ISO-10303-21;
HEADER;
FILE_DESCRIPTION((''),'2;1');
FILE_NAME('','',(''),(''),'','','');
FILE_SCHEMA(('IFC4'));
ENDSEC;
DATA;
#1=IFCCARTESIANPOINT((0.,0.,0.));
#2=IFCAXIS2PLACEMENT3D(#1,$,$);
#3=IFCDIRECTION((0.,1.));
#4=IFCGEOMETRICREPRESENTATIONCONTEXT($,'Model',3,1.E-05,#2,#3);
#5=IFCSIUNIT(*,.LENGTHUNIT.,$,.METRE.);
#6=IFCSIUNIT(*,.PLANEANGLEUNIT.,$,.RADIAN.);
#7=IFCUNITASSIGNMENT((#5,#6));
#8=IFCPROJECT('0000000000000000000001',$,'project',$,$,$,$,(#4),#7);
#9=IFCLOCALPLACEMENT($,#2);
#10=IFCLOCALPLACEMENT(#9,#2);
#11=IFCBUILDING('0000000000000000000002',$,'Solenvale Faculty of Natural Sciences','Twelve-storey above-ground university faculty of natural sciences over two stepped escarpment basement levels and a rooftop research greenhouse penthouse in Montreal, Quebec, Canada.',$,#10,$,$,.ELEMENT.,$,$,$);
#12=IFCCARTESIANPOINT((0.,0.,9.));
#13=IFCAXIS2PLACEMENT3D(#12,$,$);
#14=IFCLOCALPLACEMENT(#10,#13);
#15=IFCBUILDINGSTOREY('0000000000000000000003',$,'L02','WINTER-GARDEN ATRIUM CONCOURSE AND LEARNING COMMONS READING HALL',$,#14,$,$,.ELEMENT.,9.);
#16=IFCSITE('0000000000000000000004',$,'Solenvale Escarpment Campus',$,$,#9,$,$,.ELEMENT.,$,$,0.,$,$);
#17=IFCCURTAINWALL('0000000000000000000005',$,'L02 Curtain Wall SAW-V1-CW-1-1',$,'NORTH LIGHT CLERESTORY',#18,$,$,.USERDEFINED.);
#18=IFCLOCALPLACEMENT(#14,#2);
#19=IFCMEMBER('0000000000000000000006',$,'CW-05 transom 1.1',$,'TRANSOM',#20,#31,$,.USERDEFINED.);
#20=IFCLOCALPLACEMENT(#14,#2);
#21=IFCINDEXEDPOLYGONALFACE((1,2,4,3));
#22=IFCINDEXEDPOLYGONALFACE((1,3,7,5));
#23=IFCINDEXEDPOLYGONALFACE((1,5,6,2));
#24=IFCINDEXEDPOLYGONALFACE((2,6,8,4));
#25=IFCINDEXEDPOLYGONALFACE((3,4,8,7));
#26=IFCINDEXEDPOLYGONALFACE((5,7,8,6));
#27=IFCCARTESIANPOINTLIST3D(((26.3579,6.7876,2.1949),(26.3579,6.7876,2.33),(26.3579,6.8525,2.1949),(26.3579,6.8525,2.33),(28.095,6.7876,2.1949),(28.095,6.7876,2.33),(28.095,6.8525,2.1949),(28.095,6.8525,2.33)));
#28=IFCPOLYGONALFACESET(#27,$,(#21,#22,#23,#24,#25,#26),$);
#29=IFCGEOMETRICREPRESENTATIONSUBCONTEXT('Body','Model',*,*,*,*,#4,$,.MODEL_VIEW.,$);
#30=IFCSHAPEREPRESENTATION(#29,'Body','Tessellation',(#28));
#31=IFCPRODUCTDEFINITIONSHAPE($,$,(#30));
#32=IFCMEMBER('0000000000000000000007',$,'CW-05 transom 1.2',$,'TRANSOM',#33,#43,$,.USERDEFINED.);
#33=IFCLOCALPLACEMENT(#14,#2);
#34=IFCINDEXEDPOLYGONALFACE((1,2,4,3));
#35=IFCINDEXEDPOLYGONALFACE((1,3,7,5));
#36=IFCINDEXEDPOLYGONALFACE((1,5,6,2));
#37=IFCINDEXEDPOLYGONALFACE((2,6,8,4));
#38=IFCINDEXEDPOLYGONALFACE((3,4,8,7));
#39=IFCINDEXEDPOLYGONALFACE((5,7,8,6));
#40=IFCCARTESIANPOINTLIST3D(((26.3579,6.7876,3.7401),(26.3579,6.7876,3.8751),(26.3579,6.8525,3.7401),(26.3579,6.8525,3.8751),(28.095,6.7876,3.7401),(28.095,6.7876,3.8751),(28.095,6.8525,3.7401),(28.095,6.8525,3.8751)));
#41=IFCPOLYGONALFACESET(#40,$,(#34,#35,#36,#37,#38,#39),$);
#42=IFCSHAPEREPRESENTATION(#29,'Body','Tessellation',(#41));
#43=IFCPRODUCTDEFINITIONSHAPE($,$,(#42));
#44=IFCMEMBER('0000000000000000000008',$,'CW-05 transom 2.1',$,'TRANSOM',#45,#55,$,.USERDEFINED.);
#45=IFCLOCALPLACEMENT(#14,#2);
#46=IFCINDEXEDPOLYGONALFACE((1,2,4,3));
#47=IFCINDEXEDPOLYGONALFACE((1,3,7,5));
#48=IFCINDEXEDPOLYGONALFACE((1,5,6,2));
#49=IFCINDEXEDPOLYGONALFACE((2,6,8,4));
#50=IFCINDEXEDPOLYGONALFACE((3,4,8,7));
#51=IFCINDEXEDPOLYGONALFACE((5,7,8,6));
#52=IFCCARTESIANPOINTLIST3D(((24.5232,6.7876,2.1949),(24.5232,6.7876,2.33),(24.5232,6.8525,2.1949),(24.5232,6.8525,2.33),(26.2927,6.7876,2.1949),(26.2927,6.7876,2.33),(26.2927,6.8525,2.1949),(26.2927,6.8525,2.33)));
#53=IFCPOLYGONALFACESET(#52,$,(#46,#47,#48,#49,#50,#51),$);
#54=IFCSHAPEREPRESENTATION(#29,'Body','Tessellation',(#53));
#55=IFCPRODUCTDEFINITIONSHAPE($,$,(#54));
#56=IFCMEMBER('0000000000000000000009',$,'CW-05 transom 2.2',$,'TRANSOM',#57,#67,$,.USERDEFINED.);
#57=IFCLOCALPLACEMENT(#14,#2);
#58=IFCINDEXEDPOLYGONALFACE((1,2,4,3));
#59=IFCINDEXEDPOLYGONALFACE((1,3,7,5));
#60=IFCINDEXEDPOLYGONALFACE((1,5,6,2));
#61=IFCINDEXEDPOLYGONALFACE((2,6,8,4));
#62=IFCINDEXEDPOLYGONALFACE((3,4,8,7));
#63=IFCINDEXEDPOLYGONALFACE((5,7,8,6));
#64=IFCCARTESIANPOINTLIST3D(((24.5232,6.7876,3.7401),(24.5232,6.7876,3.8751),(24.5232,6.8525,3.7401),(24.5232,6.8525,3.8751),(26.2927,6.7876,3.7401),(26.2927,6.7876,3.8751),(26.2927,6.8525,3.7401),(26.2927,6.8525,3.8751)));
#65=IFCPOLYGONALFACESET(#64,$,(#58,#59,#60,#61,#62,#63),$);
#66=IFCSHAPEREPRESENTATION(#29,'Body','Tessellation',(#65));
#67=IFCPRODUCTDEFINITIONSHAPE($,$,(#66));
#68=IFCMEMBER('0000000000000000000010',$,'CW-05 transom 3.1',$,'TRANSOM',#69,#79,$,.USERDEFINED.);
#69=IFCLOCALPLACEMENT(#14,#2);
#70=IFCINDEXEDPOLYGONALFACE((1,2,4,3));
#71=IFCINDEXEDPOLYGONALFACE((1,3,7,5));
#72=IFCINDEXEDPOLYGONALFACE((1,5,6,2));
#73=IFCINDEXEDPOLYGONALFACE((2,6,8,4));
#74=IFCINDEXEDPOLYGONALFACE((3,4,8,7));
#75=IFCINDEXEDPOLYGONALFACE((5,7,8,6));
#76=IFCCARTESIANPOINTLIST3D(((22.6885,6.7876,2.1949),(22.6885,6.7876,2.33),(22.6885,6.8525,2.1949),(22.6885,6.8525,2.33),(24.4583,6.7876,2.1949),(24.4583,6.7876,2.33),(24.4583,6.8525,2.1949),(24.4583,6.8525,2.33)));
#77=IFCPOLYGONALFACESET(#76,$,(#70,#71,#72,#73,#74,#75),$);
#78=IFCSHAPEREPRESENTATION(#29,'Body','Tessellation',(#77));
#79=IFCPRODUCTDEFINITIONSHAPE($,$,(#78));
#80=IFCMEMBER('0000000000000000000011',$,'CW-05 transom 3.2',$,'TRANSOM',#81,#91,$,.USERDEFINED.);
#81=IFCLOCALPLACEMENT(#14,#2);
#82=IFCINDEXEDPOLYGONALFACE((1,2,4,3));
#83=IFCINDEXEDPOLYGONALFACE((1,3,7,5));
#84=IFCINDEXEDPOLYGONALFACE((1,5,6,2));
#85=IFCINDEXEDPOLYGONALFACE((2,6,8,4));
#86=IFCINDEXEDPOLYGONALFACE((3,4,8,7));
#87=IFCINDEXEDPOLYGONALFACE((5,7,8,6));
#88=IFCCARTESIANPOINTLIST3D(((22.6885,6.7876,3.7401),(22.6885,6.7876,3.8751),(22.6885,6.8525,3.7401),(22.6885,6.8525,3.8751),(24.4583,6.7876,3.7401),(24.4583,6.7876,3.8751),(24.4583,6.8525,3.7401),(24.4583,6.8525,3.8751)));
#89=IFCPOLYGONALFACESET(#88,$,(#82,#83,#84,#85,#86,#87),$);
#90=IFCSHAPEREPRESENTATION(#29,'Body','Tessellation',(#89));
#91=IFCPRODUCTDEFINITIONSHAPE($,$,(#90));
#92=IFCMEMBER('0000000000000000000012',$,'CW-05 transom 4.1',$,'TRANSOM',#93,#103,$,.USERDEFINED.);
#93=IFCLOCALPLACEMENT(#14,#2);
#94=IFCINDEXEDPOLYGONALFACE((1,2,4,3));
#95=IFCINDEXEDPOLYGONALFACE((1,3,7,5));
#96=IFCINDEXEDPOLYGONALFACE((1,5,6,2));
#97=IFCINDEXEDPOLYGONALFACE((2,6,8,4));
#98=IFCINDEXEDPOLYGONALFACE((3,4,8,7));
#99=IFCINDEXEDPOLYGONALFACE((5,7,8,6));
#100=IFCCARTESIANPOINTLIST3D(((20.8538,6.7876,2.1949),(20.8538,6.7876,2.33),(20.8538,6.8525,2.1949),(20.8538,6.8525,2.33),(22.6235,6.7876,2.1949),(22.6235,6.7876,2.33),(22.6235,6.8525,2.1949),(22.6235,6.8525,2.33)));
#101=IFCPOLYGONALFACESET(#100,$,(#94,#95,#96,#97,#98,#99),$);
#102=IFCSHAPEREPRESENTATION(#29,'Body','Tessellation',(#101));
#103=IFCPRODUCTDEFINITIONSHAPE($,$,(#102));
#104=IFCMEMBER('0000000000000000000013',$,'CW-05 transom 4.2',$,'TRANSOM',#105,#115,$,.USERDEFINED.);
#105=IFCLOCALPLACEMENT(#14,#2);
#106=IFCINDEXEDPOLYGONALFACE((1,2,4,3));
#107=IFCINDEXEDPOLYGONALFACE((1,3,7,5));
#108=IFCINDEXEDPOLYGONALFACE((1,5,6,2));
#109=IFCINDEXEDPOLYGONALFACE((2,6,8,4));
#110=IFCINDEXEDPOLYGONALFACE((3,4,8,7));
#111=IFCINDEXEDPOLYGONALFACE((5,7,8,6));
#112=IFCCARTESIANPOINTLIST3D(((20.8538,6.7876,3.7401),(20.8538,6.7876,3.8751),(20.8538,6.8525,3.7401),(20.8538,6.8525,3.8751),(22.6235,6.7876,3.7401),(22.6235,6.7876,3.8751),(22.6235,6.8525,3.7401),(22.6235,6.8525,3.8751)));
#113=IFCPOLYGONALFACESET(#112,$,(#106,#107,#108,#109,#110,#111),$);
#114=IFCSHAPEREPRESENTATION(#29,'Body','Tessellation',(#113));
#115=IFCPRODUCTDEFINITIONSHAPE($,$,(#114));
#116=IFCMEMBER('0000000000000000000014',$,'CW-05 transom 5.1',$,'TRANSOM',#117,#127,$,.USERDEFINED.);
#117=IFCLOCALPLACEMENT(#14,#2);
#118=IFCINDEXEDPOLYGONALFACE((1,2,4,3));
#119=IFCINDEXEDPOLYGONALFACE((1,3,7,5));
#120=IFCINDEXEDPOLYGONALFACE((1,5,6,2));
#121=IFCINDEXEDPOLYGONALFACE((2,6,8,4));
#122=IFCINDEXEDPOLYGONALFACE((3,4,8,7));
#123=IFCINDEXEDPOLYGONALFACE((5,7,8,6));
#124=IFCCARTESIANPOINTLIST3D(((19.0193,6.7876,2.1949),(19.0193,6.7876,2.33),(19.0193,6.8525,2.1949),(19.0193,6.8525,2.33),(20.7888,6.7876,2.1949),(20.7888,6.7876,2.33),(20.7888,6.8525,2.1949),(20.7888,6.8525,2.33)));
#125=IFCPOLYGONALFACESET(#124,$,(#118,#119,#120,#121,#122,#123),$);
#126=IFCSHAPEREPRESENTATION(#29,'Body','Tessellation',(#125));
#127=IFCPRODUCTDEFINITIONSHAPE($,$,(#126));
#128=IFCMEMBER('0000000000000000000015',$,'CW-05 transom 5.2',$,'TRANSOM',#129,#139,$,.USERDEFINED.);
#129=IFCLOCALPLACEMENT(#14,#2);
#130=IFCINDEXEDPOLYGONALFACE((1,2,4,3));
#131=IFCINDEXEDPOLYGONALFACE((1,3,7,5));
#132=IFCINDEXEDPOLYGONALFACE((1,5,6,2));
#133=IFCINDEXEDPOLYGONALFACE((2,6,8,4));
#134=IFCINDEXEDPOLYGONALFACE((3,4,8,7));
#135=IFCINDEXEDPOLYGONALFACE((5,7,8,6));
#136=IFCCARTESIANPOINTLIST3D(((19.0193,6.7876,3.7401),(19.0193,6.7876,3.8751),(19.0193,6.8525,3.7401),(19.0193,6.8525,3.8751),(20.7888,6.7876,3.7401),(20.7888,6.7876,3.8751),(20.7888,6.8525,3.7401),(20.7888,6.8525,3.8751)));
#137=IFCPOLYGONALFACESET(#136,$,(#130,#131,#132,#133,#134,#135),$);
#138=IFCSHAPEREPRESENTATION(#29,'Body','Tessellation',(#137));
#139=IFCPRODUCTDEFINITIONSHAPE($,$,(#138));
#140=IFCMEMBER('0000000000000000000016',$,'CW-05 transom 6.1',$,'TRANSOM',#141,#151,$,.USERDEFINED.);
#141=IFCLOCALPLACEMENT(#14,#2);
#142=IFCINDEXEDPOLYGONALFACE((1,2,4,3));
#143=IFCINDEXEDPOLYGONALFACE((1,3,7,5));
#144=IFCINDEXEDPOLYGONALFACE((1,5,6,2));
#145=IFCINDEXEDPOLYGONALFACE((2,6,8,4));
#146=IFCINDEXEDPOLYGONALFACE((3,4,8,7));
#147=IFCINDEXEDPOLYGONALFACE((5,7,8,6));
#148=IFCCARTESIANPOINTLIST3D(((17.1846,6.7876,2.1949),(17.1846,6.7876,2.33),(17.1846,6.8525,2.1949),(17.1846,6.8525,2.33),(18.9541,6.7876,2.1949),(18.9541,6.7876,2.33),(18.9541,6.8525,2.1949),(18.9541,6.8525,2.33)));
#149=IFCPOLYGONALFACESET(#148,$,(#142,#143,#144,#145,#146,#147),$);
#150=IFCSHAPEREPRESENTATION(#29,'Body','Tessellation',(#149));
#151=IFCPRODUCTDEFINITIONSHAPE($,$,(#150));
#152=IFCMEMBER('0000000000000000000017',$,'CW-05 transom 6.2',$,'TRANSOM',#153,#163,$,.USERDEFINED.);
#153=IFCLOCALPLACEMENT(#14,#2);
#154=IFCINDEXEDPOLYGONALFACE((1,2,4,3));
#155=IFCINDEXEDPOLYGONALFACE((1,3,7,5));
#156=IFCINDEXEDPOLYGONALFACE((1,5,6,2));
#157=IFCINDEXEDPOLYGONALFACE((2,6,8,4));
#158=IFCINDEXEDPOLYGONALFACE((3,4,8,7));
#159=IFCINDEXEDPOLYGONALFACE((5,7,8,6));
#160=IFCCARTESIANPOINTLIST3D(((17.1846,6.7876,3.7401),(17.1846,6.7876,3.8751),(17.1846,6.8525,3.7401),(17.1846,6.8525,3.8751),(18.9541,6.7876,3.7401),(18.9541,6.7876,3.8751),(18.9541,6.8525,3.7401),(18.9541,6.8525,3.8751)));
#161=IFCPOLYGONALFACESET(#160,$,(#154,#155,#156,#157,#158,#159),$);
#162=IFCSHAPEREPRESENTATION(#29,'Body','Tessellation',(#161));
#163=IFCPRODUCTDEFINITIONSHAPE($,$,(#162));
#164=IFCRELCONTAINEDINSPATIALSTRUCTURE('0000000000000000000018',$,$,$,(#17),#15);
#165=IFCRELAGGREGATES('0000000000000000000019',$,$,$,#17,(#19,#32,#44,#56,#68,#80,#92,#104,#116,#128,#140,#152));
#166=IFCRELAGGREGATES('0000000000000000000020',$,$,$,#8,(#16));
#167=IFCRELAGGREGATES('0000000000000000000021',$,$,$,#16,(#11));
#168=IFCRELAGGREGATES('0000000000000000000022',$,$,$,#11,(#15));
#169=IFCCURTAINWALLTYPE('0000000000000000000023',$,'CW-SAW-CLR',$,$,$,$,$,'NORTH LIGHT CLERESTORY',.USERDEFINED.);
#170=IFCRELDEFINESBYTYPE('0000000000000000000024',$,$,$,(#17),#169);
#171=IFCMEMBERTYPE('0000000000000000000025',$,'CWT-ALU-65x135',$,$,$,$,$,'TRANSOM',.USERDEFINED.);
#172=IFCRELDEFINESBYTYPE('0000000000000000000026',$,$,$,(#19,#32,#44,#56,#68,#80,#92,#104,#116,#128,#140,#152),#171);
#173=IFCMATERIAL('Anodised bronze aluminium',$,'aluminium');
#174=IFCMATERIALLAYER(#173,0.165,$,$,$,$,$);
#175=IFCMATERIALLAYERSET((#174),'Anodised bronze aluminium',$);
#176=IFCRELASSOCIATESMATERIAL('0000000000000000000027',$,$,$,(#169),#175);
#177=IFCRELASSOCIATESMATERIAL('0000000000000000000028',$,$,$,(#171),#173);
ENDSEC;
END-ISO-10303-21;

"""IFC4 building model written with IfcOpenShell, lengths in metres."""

from ifc_helpers import new_model, si_unit, direction, frame, origin, origin_2d, place, context, subcontext, project, spatial, rectangle, extrude, material, layer, layer_set, material_profile, profile_set, type_object, element, aggregate, save


model = new_model("IFC4")

# Units and contexts
model_context = context("Model", 3, precision=1e-05, world=origin(), true_north=direction((0.0, 1.0)))
body_context = subcontext(model_context, "Body", "Model", "MODEL_VIEW")
ifc_project = project(units=[si_unit("LENGTHUNIT", "METRE"), si_unit("PLANEANGLEUNIT", "RADIAN")], contexts=[model_context])

# Site, building, storey
site_placement = place(None, origin())
site = spatial("IfcSite", under=ifc_project, at=site_placement, Name="Solenvale Escarpment Campus", CompositionType="ELEMENT", RefElevation=0.0)
building_placement = place(site_placement, origin())
building = spatial("IfcBuilding", under=site, at=building_placement, Name="Solenvale Faculty of Natural Sciences", Description="Twelve-storey above-ground university faculty of natural sciences over two stepped escarpment basement levels and a rooftop research greenhouse penthouse in Montreal, Quebec, Canada.", CompositionType="ELEMENT")
storey_placement = place(building_placement, frame((0.0, 0.0, 9.0)))
storey = spatial("IfcBuildingStorey", under=building, at=storey_placement, Name="L02", Description="WINTER-GARDEN ATRIUM CONCOURSE AND LEARNING COMMONS READING HALL", CompositionType="ELEMENT", Elevation=9.0)

# Curtain wall, members
ifc_material_1 = material(Name="Anodised bronze aluminium", Category="aluminium")
ifc_layer_1 = layer(ifc_material_1, 0.165)
ifc_layer_set_1 = layer_set([ifc_layer_1], Name="Anodised bronze aluminium")
curtain_wall_type = type_object("IfcCurtainWallType", Name="CW-SAW-CLR", ElementType="NORTH LIGHT CLERESTORY", PredefinedType="USERDEFINED", material=ifc_layer_set_1)
curtain_wall_placement = place(storey_placement, origin())
curtain_wall = element("IfcCurtainWall", 1, at=curtain_wall_placement, inside=storey, type_object=curtain_wall_type, Name="L02 Curtain Wall SAW-V1-CW-1-1", ObjectType="NORTH LIGHT CLERESTORY", PredefinedType="USERDEFINED")
ifc_material_profile_1 = material_profile(ifc_material_1, rectangle(XDim=0.0649, YDim=0.135, at=origin_2d()), Name="ALU-TRN-65x135")
ifc_profile_set_1 = profile_set([ifc_material_profile_1], Name="Anodised bronze aluminium")
member_type_1 = type_object("IfcMemberType", Name="CWT-ALU-65x135", ElementType="TRANSOM", PredefinedType="USERDEFINED", material=ifc_profile_set_1)
member_1_placement = place(storey_placement, frame((28.095, 6.8201, 2.2625), z_axis=(-1.0, 0.0, 0.0), x_axis=(0.0, -1.0, 0.0)))
member_1 = element("IfcMember", 2, at=member_1_placement, type_object=member_type_1, Name="CW-05 transom 1.1", ObjectType="TRANSOM", PredefinedType="USERDEFINED", context=body_context, shape_type="SweptSolid", body=[
    extrude(rectangle(XDim=0.0649, YDim=0.135, at=origin_2d()), origin(), (0.0, 0.0, 1.0), 1.7371),
])
member_2_placement = place(storey_placement, frame((28.095, 6.8201, 3.8076), z_axis=(-1.0, 0.0, 0.0), x_axis=(0.0, -1.0, 0.0)))
member_2 = element("IfcMember", 3, at=member_2_placement, type_object=member_type_1, Name="CW-05 transom 1.2", ObjectType="TRANSOM", PredefinedType="USERDEFINED", context=body_context, shape_type="SweptSolid", body=[
    extrude(rectangle(XDim=0.0649, YDim=0.135, at=origin_2d()), origin(), (0.0, 0.0, 1.0), 1.7371),
])
member_3_placement = place(storey_placement, frame((26.2927, 6.8201, 2.2625), z_axis=(-1.0, 0.0, 0.0), x_axis=(0.0, -1.0, 0.0)))
member_3 = element("IfcMember", 4, at=member_3_placement, type_object=member_type_1, Name="CW-05 transom 2.1", ObjectType="TRANSOM", PredefinedType="USERDEFINED", context=body_context, shape_type="SweptSolid", body=[
    extrude(rectangle(XDim=0.0649, YDim=0.135, at=origin_2d()), origin(), (0.0, 0.0, 1.0), 1.7695),
])
member_4_placement = place(storey_placement, frame((26.2927, 6.8201, 3.8076), z_axis=(-1.0, 0.0, 0.0), x_axis=(0.0, -1.0, 0.0)))
member_4 = element("IfcMember", 5, at=member_4_placement, type_object=member_type_1, Name="CW-05 transom 2.2", ObjectType="TRANSOM", PredefinedType="USERDEFINED", context=body_context, shape_type="SweptSolid", body=[
    extrude(rectangle(XDim=0.0649, YDim=0.135, at=origin_2d()), origin(), (0.0, 0.0, 1.0), 1.7695),
])
member_5_placement = place(storey_placement, frame((24.4583, 6.8201, 2.2625), z_axis=(-1.0, 0.0, 0.0), x_axis=(0.0, -1.0, 0.0)))
member_5 = element("IfcMember", 6, at=member_5_placement, type_object=member_type_1, Name="CW-05 transom 3.1", ObjectType="TRANSOM", PredefinedType="USERDEFINED", context=body_context, shape_type="SweptSolid", body=[
    extrude(rectangle(XDim=0.0649, YDim=0.135, at=origin_2d()), origin(), (0.0, 0.0, 1.0), 1.7698),
])
member_6_placement = place(storey_placement, frame((24.4583, 6.8201, 3.8076), z_axis=(-1.0, 0.0, 0.0), x_axis=(0.0, -1.0, 0.0)))
member_6 = element("IfcMember", 7, at=member_6_placement, type_object=member_type_1, Name="CW-05 transom 3.2", ObjectType="TRANSOM", PredefinedType="USERDEFINED", context=body_context, shape_type="SweptSolid", body=[
    extrude(rectangle(XDim=0.0649, YDim=0.135, at=origin_2d()), origin(), (0.0, 0.0, 1.0), 1.7698),
])
member_7_placement = place(storey_placement, frame((22.6235, 6.8201, 2.2625), z_axis=(-1.0, 0.0, 0.0), x_axis=(0.0, -1.0, 0.0)))
member_7 = element("IfcMember", 8, at=member_7_placement, type_object=member_type_1, Name="CW-05 transom 4.1", ObjectType="TRANSOM", PredefinedType="USERDEFINED", context=body_context, shape_type="SweptSolid", body=[
    extrude(rectangle(XDim=0.0649, YDim=0.135, at=origin_2d()), origin(), (0.0, 0.0, 1.0), 1.7698),
])
member_8_placement = place(storey_placement, frame((22.6235, 6.8201, 3.8076), z_axis=(-1.0, 0.0, 0.0), x_axis=(0.0, -1.0, 0.0)))
member_8 = element("IfcMember", 9, at=member_8_placement, type_object=member_type_1, Name="CW-05 transom 4.2", ObjectType="TRANSOM", PredefinedType="USERDEFINED", context=body_context, shape_type="SweptSolid", body=[
    extrude(rectangle(XDim=0.0649, YDim=0.135, at=origin_2d()), origin(), (0.0, 0.0, 1.0), 1.7698),
])
member_9_placement = place(storey_placement, frame((20.7888, 6.8201, 2.2625), z_axis=(-1.0, 0.0, 0.0), x_axis=(0.0, -1.0, 0.0)))
member_9 = element("IfcMember", 10, at=member_9_placement, type_object=member_type_1, Name="CW-05 transom 5.1", ObjectType="TRANSOM", PredefinedType="USERDEFINED", context=body_context, shape_type="SweptSolid", body=[
    extrude(rectangle(XDim=0.0649, YDim=0.135, at=origin_2d()), origin(), (0.0, 0.0, 1.0), 1.7695),
])
member_10_placement = place(storey_placement, frame((20.7888, 6.8201, 3.8076), z_axis=(-1.0, 0.0, 0.0), x_axis=(0.0, -1.0, 0.0)))
member_10 = element("IfcMember", 11, at=member_10_placement, type_object=member_type_1, Name="CW-05 transom 5.2", ObjectType="TRANSOM", PredefinedType="USERDEFINED", context=body_context, shape_type="SweptSolid", body=[
    extrude(rectangle(XDim=0.0649, YDim=0.135, at=origin_2d()), origin(), (0.0, 0.0, 1.0), 1.7695),
])
member_11_placement = place(storey_placement, frame((18.9541, 6.8201, 2.2625), z_axis=(-1.0, 0.0, 0.0), x_axis=(0.0, -1.0, 0.0)))
member_11 = element("IfcMember", 12, at=member_11_placement, type_object=member_type_1, Name="CW-05 transom 6.1", ObjectType="TRANSOM", PredefinedType="USERDEFINED", context=body_context, shape_type="SweptSolid", body=[
    extrude(rectangle(XDim=0.0649, YDim=0.135, at=origin_2d()), origin(), (0.0, 0.0, 1.0), 1.7695),
])
member_12_placement = place(storey_placement, frame((18.9541, 6.8201, 3.8076), z_axis=(-1.0, 0.0, 0.0), x_axis=(0.0, -1.0, 0.0)))
member_12 = element("IfcMember", 13, at=member_12_placement, type_object=member_type_1, Name="CW-05 transom 6.2", ObjectType="TRANSOM", PredefinedType="USERDEFINED", context=body_context, shape_type="SweptSolid", body=[
    extrude(rectangle(XDim=0.0649, YDim=0.135, at=origin_2d()), origin(), (0.0, 0.0, 1.0), 1.7695),
])

aggregate(curtain_wall, [member_1, member_2, member_3, member_4, member_5, member_6, member_7, member_8, member_9, member_10, member_11, member_12])

save(model, "model.ifc")
